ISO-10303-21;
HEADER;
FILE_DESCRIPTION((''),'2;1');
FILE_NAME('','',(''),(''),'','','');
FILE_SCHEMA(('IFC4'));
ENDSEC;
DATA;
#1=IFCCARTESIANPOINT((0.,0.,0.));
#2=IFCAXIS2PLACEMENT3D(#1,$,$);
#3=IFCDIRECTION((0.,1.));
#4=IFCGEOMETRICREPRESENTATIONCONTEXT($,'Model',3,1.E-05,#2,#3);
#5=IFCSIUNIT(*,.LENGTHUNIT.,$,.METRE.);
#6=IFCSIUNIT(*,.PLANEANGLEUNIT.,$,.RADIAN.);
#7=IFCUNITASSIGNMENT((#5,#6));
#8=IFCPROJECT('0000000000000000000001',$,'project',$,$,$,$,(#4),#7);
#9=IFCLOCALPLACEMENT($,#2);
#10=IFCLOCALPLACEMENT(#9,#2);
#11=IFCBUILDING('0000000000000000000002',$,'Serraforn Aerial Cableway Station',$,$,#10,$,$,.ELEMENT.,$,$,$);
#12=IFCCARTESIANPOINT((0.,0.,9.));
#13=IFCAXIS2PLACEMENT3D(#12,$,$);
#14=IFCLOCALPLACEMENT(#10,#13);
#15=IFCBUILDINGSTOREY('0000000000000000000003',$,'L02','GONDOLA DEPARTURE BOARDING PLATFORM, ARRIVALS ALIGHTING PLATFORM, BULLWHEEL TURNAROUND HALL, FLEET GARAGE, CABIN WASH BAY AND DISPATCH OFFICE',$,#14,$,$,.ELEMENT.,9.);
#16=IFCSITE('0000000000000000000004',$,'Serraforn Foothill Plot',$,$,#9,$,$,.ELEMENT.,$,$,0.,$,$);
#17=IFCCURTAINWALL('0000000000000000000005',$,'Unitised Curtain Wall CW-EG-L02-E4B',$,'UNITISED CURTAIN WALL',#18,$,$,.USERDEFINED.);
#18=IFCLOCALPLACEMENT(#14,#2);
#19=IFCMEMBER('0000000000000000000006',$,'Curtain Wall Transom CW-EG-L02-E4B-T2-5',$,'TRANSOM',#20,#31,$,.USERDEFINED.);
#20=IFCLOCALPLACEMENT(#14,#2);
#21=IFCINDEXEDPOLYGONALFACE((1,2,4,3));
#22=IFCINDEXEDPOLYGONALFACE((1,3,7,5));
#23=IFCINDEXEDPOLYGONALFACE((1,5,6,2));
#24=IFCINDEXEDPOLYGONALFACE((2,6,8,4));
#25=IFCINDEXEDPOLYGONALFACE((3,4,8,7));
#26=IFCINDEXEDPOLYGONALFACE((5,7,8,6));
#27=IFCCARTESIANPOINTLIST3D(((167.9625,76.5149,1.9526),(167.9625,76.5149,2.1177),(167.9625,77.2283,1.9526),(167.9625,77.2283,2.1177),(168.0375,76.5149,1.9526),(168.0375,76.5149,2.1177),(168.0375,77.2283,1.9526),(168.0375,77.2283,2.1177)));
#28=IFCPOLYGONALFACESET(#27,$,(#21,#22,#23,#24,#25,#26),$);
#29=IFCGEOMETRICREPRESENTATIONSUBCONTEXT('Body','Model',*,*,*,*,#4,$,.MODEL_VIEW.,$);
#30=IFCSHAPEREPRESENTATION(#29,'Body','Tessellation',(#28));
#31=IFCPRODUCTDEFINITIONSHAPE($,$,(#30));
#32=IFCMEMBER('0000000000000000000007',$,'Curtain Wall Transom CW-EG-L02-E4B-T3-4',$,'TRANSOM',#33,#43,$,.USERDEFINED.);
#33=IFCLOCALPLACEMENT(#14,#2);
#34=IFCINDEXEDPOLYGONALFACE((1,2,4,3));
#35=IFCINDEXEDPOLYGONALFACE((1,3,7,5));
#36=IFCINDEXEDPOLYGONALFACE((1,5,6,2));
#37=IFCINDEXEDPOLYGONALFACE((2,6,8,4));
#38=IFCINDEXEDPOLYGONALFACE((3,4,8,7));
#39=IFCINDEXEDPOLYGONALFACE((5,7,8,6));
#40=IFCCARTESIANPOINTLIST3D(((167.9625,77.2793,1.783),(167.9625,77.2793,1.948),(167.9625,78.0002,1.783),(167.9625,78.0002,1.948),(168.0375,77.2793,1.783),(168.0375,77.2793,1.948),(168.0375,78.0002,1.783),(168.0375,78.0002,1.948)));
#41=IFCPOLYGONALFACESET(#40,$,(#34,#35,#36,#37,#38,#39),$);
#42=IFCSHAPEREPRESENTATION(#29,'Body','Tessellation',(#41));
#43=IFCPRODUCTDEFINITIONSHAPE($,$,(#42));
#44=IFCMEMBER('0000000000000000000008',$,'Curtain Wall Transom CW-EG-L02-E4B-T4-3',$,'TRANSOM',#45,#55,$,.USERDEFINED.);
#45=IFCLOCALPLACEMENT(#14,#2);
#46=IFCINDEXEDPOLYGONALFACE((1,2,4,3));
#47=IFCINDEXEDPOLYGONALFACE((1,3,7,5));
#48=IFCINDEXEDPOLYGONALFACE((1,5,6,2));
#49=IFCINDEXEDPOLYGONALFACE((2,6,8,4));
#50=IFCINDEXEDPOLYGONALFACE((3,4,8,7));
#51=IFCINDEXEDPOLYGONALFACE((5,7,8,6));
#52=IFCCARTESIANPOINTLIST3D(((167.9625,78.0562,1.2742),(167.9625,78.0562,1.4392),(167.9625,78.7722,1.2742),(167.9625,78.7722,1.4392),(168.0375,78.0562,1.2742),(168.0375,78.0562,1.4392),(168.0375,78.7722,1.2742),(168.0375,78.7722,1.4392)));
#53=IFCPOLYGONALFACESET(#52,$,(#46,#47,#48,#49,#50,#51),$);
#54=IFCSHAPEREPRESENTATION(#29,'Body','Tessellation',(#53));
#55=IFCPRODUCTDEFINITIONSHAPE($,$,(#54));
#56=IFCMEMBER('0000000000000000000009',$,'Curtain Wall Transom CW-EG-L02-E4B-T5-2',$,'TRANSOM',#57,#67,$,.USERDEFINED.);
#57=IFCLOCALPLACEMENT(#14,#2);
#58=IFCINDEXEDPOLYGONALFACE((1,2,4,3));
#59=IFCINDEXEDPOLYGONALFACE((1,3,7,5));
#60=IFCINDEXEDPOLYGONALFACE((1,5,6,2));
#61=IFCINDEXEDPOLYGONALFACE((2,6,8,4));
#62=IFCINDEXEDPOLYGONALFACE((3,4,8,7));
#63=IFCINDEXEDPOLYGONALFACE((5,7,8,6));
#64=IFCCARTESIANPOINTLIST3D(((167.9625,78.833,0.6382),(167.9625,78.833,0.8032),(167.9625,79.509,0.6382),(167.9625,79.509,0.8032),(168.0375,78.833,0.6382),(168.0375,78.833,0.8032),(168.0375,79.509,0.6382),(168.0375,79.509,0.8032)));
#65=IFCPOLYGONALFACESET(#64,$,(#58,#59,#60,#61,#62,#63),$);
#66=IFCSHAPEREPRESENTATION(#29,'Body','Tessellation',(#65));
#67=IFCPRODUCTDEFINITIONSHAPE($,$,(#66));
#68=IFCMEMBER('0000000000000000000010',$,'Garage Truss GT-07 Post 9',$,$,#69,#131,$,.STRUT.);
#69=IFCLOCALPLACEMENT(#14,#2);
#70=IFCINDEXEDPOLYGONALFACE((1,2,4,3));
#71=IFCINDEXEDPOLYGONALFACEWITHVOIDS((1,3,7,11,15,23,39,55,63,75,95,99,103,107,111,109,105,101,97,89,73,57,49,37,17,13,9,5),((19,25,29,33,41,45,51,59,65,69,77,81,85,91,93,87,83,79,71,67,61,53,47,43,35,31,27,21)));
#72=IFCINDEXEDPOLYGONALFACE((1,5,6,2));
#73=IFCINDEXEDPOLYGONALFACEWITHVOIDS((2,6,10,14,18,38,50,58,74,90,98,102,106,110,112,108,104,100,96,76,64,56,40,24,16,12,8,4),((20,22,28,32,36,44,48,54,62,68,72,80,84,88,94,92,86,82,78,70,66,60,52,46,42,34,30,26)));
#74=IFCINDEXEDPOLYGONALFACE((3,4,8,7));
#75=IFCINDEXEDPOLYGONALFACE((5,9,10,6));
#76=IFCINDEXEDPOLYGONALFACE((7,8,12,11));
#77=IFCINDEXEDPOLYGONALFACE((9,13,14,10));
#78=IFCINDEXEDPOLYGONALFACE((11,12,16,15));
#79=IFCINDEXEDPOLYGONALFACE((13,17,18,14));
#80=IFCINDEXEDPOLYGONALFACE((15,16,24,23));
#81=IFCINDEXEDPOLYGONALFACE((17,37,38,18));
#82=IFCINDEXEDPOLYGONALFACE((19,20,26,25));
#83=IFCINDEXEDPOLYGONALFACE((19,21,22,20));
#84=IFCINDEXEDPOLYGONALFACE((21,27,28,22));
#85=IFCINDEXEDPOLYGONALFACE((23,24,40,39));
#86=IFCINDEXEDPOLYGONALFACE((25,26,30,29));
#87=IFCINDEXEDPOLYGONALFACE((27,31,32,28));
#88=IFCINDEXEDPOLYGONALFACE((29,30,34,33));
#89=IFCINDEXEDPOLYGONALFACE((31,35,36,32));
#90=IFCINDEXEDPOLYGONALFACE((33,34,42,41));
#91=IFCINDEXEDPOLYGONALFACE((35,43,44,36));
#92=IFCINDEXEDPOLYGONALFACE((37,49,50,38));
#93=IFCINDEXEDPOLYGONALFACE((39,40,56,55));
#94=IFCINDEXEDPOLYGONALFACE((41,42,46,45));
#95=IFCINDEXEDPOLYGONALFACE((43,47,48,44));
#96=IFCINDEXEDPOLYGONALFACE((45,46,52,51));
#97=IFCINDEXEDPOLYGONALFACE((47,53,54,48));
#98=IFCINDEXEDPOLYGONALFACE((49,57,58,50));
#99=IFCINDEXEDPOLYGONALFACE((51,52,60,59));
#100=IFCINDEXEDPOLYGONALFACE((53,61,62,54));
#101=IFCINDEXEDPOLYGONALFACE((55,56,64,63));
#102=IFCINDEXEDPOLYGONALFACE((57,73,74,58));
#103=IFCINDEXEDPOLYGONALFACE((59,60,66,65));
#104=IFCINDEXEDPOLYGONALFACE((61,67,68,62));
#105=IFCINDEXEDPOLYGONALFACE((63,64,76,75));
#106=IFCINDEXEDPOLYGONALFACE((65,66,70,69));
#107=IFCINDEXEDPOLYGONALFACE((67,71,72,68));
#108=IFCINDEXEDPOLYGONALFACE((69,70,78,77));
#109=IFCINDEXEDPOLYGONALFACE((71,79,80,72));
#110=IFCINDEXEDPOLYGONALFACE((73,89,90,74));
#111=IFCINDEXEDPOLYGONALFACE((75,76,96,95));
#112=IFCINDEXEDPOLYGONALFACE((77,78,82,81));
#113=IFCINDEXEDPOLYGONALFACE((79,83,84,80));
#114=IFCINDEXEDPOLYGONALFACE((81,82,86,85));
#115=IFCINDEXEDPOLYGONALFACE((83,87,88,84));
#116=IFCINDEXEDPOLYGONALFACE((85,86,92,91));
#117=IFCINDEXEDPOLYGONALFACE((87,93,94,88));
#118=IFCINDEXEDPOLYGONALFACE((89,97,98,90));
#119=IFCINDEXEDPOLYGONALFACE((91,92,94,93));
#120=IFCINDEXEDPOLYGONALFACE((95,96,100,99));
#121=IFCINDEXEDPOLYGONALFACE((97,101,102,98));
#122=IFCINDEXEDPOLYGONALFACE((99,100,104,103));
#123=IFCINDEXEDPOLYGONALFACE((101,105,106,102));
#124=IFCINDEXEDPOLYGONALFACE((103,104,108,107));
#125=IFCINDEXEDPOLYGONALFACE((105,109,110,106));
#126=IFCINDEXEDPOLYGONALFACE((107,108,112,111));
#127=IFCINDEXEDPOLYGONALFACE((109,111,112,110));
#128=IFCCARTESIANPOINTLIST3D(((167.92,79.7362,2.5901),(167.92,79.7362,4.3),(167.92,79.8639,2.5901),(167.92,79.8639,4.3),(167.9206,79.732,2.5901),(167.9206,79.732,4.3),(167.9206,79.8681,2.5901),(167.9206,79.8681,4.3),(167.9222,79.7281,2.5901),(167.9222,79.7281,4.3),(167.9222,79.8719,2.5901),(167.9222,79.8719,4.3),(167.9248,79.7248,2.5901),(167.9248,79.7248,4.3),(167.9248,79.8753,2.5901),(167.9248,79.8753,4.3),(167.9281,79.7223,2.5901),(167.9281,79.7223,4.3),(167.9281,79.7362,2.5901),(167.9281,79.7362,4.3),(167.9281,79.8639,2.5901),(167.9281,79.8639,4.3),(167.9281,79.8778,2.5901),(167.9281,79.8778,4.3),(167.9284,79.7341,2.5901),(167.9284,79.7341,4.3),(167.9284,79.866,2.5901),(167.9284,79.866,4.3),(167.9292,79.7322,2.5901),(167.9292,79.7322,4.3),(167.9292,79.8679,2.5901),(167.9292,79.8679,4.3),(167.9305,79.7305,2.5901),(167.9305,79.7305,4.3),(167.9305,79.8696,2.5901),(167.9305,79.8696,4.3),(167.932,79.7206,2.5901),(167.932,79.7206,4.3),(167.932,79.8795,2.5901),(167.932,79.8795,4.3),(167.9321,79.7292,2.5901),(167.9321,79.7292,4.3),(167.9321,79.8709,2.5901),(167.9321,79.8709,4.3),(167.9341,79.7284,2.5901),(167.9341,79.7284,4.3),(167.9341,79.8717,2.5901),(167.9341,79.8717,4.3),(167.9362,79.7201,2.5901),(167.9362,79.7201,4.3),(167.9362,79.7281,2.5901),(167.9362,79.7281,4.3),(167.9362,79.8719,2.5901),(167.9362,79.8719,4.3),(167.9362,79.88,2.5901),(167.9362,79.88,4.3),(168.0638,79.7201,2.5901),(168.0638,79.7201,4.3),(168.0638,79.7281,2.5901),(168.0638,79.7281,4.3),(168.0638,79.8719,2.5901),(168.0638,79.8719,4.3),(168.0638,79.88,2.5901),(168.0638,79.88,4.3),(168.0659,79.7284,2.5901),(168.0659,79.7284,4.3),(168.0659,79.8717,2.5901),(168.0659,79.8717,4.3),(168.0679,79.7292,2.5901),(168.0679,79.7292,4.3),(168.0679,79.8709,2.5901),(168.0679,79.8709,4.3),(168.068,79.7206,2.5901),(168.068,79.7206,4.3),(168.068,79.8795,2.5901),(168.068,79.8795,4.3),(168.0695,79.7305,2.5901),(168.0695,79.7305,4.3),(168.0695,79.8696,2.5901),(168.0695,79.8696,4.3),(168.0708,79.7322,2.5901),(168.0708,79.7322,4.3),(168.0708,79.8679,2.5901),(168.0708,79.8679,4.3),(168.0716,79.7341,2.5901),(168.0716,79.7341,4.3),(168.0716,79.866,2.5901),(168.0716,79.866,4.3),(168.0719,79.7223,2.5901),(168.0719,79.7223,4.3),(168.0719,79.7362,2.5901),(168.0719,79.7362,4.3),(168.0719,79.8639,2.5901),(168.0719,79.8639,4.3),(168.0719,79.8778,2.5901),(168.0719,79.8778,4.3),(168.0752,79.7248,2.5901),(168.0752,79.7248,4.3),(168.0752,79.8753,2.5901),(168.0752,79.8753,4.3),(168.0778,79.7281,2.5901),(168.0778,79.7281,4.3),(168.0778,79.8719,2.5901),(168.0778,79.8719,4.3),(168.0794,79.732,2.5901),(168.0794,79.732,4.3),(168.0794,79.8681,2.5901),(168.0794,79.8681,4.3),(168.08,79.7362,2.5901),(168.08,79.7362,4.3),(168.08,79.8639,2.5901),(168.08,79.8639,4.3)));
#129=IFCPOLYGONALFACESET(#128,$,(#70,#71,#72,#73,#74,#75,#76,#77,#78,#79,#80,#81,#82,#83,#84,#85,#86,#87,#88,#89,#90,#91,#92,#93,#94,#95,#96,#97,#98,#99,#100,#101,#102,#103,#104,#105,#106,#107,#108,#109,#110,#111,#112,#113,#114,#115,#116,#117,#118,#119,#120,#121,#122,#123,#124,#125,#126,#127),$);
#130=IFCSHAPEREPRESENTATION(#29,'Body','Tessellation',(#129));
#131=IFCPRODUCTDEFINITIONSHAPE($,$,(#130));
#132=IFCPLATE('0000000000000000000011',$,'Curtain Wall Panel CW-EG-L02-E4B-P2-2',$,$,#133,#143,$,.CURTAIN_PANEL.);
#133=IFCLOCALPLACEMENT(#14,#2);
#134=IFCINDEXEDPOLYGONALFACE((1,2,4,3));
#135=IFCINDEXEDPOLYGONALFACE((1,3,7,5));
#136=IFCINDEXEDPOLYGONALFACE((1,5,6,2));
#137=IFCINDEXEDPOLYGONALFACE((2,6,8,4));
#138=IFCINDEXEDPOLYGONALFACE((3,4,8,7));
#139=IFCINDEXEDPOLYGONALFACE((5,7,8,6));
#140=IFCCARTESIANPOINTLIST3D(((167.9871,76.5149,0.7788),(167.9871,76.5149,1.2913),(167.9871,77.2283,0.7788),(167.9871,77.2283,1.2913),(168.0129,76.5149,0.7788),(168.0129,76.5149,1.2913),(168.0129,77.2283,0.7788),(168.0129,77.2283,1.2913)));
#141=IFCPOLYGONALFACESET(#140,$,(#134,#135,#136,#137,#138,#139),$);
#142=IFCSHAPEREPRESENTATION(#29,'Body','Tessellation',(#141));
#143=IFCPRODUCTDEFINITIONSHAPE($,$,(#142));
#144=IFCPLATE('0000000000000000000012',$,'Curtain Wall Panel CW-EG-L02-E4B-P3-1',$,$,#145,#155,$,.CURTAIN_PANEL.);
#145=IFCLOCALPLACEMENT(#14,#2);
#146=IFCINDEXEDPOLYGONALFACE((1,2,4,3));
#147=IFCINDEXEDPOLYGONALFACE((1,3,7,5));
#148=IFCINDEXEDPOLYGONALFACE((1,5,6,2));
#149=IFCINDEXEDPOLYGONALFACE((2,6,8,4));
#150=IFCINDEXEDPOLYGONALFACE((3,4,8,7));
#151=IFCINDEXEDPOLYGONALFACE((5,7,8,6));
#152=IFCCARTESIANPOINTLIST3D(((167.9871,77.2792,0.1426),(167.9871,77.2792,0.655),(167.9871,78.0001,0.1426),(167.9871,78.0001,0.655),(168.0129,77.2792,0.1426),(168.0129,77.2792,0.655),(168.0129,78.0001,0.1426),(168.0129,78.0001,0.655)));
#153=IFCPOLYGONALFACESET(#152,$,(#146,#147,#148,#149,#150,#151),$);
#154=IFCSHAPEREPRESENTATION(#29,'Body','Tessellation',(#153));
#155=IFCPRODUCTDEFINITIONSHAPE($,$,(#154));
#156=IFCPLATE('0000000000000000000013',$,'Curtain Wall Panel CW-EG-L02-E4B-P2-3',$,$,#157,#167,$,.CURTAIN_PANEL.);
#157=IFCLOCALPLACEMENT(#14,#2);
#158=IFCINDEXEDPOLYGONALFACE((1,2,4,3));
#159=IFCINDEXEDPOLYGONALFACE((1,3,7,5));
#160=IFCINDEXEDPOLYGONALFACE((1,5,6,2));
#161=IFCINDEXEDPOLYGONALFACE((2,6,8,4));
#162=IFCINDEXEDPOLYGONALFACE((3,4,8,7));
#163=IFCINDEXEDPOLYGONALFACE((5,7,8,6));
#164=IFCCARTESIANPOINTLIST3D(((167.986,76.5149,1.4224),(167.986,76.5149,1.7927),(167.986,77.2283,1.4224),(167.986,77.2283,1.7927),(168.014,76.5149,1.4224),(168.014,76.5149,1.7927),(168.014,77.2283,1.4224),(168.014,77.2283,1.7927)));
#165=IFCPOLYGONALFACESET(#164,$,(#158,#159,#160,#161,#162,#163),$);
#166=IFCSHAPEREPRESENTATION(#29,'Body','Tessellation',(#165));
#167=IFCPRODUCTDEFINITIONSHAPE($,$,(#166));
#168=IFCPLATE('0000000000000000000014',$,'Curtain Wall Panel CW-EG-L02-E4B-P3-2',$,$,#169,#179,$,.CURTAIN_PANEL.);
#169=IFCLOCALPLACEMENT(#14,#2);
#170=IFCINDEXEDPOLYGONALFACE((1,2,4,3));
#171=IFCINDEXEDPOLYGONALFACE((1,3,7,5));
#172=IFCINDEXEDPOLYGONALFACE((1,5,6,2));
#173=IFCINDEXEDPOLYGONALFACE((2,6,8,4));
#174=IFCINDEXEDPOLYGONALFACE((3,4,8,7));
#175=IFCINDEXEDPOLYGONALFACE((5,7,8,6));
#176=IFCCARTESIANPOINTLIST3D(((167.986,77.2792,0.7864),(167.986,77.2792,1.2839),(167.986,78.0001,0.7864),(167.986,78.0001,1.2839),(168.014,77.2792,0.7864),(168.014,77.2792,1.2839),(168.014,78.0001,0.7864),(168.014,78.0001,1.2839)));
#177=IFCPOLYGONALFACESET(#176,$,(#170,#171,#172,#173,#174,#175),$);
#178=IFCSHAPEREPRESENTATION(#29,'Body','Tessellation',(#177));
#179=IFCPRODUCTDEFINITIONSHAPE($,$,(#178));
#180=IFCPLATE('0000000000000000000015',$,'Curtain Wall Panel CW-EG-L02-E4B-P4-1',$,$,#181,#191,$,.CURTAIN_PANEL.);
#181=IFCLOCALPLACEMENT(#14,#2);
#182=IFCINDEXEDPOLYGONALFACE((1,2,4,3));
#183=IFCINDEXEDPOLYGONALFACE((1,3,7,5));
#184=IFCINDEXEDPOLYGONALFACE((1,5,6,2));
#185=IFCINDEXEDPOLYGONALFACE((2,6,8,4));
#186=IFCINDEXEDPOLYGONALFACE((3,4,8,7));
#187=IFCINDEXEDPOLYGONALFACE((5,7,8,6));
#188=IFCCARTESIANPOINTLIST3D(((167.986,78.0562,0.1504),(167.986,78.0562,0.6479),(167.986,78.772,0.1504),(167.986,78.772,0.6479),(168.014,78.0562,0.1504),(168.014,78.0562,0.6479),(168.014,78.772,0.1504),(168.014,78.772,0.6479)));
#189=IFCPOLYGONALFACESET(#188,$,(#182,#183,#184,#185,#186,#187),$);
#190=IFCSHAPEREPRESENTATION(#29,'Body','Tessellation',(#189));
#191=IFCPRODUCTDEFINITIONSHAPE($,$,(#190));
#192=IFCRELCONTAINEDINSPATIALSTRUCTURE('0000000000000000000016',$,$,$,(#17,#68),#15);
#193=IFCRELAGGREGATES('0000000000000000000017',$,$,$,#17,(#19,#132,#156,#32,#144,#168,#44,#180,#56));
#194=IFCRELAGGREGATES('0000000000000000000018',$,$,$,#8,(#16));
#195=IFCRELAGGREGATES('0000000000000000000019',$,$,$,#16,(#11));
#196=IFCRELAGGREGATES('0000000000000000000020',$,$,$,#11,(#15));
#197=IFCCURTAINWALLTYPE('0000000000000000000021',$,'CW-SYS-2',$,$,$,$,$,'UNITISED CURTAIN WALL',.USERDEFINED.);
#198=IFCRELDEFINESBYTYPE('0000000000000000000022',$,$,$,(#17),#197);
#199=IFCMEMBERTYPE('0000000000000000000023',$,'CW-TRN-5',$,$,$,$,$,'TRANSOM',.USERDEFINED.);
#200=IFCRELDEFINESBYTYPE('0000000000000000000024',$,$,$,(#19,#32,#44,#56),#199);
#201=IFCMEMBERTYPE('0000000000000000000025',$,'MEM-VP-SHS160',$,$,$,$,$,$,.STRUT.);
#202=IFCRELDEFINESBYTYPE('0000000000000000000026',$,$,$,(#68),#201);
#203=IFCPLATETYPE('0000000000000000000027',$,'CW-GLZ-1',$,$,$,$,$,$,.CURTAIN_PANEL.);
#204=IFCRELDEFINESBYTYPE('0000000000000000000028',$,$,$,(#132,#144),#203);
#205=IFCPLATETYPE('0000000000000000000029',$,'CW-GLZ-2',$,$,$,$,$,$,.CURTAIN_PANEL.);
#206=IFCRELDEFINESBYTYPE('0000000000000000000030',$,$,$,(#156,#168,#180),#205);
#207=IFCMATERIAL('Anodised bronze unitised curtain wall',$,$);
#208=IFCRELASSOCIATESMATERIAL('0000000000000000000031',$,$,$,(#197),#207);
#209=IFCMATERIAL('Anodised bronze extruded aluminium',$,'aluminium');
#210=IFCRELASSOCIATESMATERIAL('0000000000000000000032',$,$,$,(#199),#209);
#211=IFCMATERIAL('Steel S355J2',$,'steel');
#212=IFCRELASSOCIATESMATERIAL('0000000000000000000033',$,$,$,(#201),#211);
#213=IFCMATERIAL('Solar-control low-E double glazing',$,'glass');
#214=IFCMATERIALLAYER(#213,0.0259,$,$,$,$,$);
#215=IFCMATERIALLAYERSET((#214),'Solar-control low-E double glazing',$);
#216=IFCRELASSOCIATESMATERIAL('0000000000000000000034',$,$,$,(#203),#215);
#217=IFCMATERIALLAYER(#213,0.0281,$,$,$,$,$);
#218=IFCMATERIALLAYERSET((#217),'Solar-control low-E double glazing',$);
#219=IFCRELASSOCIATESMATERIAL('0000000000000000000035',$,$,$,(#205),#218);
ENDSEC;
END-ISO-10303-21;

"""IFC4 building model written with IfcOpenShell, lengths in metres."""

from ifc_helpers import new_model, si_unit, direction, frame, origin, origin_2d, place, context, subcontext, project, spatial, rectangle, hollow_rectangle, extrude, material, layer, layer_set, material_profile, profile_set, type_object, element, aggregate, save


model = new_model("IFC4")

# Units and contexts
model_context = context("Model", 3, precision=1e-05, world=origin(), true_north=direction((0.0, 1.0)))
body_context = subcontext(model_context, "Body", "Model", "MODEL_VIEW")
ifc_project = project(units=[si_unit("LENGTHUNIT", "METRE"), si_unit("PLANEANGLEUNIT", "RADIAN")], contexts=[model_context])

# Site, building, storey
site_placement = place(None, origin())
site = spatial("IfcSite", under=ifc_project, at=site_placement, Name="Serraforn Foothill Plot", CompositionType="ELEMENT", RefElevation=0.0)
building_placement = place(site_placement, origin())
building = spatial("IfcBuilding", under=site, at=building_placement, Name="Serraforn Aerial Cableway Station", CompositionType="ELEMENT")
storey_placement = place(building_placement, frame((0.0, 0.0, 9.0)))
storey = spatial("IfcBuildingStorey", under=building, at=storey_placement, Name="L02", Description="GONDOLA DEPARTURE BOARDING PLATFORM, ARRIVALS ALIGHTING PLATFORM, BULLWHEEL TURNAROUND HALL, FLEET GARAGE, CABIN WASH BAY AND DISPATCH OFFICE", CompositionType="ELEMENT", Elevation=9.0)

# Shared definitions
ifc_material_1 = material(Name="Steel S355J2", Category="steel")

# Curtain wall, members
ifc_material_2 = material(Name="Anodised bronze unitised curtain wall")
curtain_wall_type = type_object("IfcCurtainWallType", Name="CW-SYS-2", ElementType="UNITISED CURTAIN WALL", PredefinedType="USERDEFINED", material=ifc_material_2)
curtain_wall_placement = place(storey_placement, origin())
curtain_wall = element("IfcCurtainWall", 1, at=curtain_wall_placement, inside=storey, type_object=curtain_wall_type, Name="Unitised Curtain Wall CW-EG-L02-E4B", ObjectType="UNITISED CURTAIN WALL", PredefinedType="USERDEFINED")
ifc_material_3 = material(Name="Anodised bronze extruded aluminium", Category="aluminium")
ifc_material_profile_1 = material_profile(ifc_material_3, rectangle(XDim=0.075, YDim=0.165, at=origin_2d()), Name="CW TRANSOM 75x165")
ifc_profile_set_1 = profile_set([ifc_material_profile_1], Name="Anodised bronze extruded aluminium")
member_type_1 = type_object("IfcMemberType", Name="CW-TRN-5", ElementType="TRANSOM", PredefinedType="USERDEFINED", material=ifc_profile_set_1)
member_1_placement = place(storey_placement, frame((168.0, 76.5149, 2.0352), z_axis=(0.0, 1.0, 0.0), x_axis=(-1.0, 0.0, 0.0)))
member_1 = element("IfcMember", 2, at=member_1_placement, type_object=member_type_1, Name="Curtain Wall Transom CW-EG-L02-E4B-T2-5", ObjectType="TRANSOM", PredefinedType="USERDEFINED", context=body_context, shape_type="SweptSolid", body=[
    extrude(rectangle(XDim=0.075, YDim=0.165, at=origin_2d()), origin(), (0.0, 0.0, 1.0), 0.7134),
])
member_2_placement = place(storey_placement, frame((168.0, 77.2793, 1.8655), z_axis=(0.0, 1.0, 0.0), x_axis=(-1.0, 0.0, 0.0)))
member_2 = element("IfcMember", 3, at=member_2_placement, type_object=member_type_1, Name="Curtain Wall Transom CW-EG-L02-E4B-T3-4", ObjectType="TRANSOM", PredefinedType="USERDEFINED", context=body_context, shape_type="SweptSolid", body=[
    extrude(rectangle(XDim=0.075, YDim=0.165, at=origin_2d()), origin(), (0.0, 0.0, 1.0), 0.7209),
])
member_3_placement = place(storey_placement, frame((168.0, 78.0562, 1.3567), z_axis=(0.0, 1.0, 0.0), x_axis=(-1.0, 0.0, 0.0)))
member_3 = element("IfcMember", 4, at=member_3_placement, type_object=member_type_1, Name="Curtain Wall Transom CW-EG-L02-E4B-T4-3", ObjectType="TRANSOM", PredefinedType="USERDEFINED", context=body_context, shape_type="SweptSolid", body=[
    extrude(rectangle(XDim=0.075, YDim=0.165, at=origin_2d()), origin(), (0.0, 0.0, 1.0), 0.7161),
])
member_4_placement = place(storey_placement, frame((168.0, 78.833, 0.7207), z_axis=(0.0, 1.0, 0.0), x_axis=(-1.0, 0.0, 0.0)))
member_4 = element("IfcMember", 5, at=member_4_placement, type_object=member_type_1, Name="Curtain Wall Transom CW-EG-L02-E4B-T5-2", ObjectType="TRANSOM", PredefinedType="USERDEFINED", context=body_context, shape_type="SweptSolid", body=[
    extrude(rectangle(XDim=0.075, YDim=0.165, at=origin_2d()), origin(), (0.0, 0.0, 1.0), 0.676),
])

# Member
ifc_material_profile_2 = material_profile(ifc_material_1, hollow_rectangle(XDim=0.1599, YDim=0.1599, WallThickness=0.0081, InnerFilletRadius=0.0081, OuterFilletRadius=0.0161, at=origin_2d()), Name="SHS 160x160x8.0")
ifc_profile_set_2 = profile_set([ifc_material_profile_2], Name="Steel S355J2")
member_type_2 = type_object("IfcMemberType", Name="MEM-VP-SHS160", PredefinedType="STRUT", material=ifc_profile_set_2)
member_5_placement = place(storey_placement, frame((168.0, 79.8, 2.5901), z_axis=(0.0, 0.0, 1.0), x_axis=(1.0, 0.0, 0.0)))
element("IfcMember", 6, at=member_5_placement, inside=storey, type_object=member_type_2, Name="Garage Truss GT-07 Post 9", PredefinedType="STRUT", context=body_context, shape_type="SweptSolid", body=[
    extrude(hollow_rectangle(XDim=0.1599, YDim=0.1599, WallThickness=0.0081, InnerFilletRadius=0.0081, OuterFilletRadius=0.0161, at=origin_2d()), origin(), (0.0, 0.0, 1.0), 1.71),
])

# Plates
ifc_material_4 = material(Name="Solar-control low-E double glazing", Category="glass")
ifc_layer_1 = layer(ifc_material_4, 0.0259)
ifc_layer_set_1 = layer_set([ifc_layer_1], Name="Solar-control low-E double glazing")
plate_type_1 = type_object("IfcPlateType", Name="CW-GLZ-1", PredefinedType="CURTAIN_PANEL", material=ifc_layer_set_1)
plate_1_placement = place(storey_placement, frame((168.0, 76.8716, 0.7788), z_axis=(0.0, 0.0, 1.0), x_axis=(1.0, 0.0, 0.0)))
plate_1 = element("IfcPlate", 7, at=plate_1_placement, type_object=plate_type_1, Name="Curtain Wall Panel CW-EG-L02-E4B-P2-2", PredefinedType="CURTAIN_PANEL", context=body_context, shape_type="SweptSolid", body=[
    extrude(rectangle(XDim=0.0259, YDim=0.7134, at=origin_2d()), origin(), (0.0, 0.0, 1.0), 0.5125),
])
plate_2_placement = place(storey_placement, frame((168.0, 77.6396, 0.1426), z_axis=(0.0, 0.0, 1.0), x_axis=(1.0, 0.0, 0.0)))
plate_2 = element("IfcPlate", 8, at=plate_2_placement, type_object=plate_type_1, Name="Curtain Wall Panel CW-EG-L02-E4B-P3-1", PredefinedType="CURTAIN_PANEL", context=body_context, shape_type="SweptSolid", body=[
    extrude(rectangle(XDim=0.0259, YDim=0.7209, at=origin_2d()), origin(), (0.0, 0.0, 1.0), 0.5125),
])
ifc_layer_2 = layer(ifc_material_4, 0.0281)
ifc_layer_set_2 = layer_set([ifc_layer_2], Name="Solar-control low-E double glazing")
plate_type_2 = type_object("IfcPlateType", Name="CW-GLZ-2", PredefinedType="CURTAIN_PANEL", material=ifc_layer_set_2)
plate_3_placement = place(storey_placement, frame((168.0, 76.8716, 1.4224), z_axis=(0.0, 0.0, 1.0), x_axis=(1.0, 0.0, 0.0)))
plate_3 = element("IfcPlate", 9, at=plate_3_placement, type_object=plate_type_2, Name="Curtain Wall Panel CW-EG-L02-E4B-P2-3", PredefinedType="CURTAIN_PANEL", context=body_context, shape_type="SweptSolid", body=[
    extrude(rectangle(XDim=0.0281, YDim=0.7134, at=origin_2d()), origin(), (0.0, 0.0, 1.0), 0.3704),
])
plate_4_placement = place(storey_placement, frame((168.0, 77.6396, 0.7864), z_axis=(0.0, 0.0, 1.0), x_axis=(1.0, 0.0, 0.0)))
plate_4 = element("IfcPlate", 10, at=plate_4_placement, type_object=plate_type_2, Name="Curtain Wall Panel CW-EG-L02-E4B-P3-2", PredefinedType="CURTAIN_PANEL", context=body_context, shape_type="SweptSolid", body=[
    extrude(rectangle(XDim=0.0281, YDim=0.7209, at=origin_2d()), origin(), (0.0, 0.0, 1.0), 0.4976),
])
plate_5_placement = place(storey_placement, frame((168.0, 78.4141, 0.1504), z_axis=(0.0, 0.0, 1.0), x_axis=(1.0, 0.0, 0.0)))
plate_5 = element("IfcPlate", 11, at=plate_5_placement, type_object=plate_type_2, Name="Curtain Wall Panel CW-EG-L02-E4B-P4-1", PredefinedType="CURTAIN_PANEL", context=body_context, shape_type="SweptSolid", body=[
    extrude(rectangle(XDim=0.0281, YDim=0.7158, at=origin_2d()), origin(), (0.0, 0.0, 1.0), 0.4976),
])
aggregate(curtain_wall, [member_1, plate_1, plate_3, member_2, plate_2, plate_4, member_3, plate_5, member_4])

save(model, "model.ifc")
